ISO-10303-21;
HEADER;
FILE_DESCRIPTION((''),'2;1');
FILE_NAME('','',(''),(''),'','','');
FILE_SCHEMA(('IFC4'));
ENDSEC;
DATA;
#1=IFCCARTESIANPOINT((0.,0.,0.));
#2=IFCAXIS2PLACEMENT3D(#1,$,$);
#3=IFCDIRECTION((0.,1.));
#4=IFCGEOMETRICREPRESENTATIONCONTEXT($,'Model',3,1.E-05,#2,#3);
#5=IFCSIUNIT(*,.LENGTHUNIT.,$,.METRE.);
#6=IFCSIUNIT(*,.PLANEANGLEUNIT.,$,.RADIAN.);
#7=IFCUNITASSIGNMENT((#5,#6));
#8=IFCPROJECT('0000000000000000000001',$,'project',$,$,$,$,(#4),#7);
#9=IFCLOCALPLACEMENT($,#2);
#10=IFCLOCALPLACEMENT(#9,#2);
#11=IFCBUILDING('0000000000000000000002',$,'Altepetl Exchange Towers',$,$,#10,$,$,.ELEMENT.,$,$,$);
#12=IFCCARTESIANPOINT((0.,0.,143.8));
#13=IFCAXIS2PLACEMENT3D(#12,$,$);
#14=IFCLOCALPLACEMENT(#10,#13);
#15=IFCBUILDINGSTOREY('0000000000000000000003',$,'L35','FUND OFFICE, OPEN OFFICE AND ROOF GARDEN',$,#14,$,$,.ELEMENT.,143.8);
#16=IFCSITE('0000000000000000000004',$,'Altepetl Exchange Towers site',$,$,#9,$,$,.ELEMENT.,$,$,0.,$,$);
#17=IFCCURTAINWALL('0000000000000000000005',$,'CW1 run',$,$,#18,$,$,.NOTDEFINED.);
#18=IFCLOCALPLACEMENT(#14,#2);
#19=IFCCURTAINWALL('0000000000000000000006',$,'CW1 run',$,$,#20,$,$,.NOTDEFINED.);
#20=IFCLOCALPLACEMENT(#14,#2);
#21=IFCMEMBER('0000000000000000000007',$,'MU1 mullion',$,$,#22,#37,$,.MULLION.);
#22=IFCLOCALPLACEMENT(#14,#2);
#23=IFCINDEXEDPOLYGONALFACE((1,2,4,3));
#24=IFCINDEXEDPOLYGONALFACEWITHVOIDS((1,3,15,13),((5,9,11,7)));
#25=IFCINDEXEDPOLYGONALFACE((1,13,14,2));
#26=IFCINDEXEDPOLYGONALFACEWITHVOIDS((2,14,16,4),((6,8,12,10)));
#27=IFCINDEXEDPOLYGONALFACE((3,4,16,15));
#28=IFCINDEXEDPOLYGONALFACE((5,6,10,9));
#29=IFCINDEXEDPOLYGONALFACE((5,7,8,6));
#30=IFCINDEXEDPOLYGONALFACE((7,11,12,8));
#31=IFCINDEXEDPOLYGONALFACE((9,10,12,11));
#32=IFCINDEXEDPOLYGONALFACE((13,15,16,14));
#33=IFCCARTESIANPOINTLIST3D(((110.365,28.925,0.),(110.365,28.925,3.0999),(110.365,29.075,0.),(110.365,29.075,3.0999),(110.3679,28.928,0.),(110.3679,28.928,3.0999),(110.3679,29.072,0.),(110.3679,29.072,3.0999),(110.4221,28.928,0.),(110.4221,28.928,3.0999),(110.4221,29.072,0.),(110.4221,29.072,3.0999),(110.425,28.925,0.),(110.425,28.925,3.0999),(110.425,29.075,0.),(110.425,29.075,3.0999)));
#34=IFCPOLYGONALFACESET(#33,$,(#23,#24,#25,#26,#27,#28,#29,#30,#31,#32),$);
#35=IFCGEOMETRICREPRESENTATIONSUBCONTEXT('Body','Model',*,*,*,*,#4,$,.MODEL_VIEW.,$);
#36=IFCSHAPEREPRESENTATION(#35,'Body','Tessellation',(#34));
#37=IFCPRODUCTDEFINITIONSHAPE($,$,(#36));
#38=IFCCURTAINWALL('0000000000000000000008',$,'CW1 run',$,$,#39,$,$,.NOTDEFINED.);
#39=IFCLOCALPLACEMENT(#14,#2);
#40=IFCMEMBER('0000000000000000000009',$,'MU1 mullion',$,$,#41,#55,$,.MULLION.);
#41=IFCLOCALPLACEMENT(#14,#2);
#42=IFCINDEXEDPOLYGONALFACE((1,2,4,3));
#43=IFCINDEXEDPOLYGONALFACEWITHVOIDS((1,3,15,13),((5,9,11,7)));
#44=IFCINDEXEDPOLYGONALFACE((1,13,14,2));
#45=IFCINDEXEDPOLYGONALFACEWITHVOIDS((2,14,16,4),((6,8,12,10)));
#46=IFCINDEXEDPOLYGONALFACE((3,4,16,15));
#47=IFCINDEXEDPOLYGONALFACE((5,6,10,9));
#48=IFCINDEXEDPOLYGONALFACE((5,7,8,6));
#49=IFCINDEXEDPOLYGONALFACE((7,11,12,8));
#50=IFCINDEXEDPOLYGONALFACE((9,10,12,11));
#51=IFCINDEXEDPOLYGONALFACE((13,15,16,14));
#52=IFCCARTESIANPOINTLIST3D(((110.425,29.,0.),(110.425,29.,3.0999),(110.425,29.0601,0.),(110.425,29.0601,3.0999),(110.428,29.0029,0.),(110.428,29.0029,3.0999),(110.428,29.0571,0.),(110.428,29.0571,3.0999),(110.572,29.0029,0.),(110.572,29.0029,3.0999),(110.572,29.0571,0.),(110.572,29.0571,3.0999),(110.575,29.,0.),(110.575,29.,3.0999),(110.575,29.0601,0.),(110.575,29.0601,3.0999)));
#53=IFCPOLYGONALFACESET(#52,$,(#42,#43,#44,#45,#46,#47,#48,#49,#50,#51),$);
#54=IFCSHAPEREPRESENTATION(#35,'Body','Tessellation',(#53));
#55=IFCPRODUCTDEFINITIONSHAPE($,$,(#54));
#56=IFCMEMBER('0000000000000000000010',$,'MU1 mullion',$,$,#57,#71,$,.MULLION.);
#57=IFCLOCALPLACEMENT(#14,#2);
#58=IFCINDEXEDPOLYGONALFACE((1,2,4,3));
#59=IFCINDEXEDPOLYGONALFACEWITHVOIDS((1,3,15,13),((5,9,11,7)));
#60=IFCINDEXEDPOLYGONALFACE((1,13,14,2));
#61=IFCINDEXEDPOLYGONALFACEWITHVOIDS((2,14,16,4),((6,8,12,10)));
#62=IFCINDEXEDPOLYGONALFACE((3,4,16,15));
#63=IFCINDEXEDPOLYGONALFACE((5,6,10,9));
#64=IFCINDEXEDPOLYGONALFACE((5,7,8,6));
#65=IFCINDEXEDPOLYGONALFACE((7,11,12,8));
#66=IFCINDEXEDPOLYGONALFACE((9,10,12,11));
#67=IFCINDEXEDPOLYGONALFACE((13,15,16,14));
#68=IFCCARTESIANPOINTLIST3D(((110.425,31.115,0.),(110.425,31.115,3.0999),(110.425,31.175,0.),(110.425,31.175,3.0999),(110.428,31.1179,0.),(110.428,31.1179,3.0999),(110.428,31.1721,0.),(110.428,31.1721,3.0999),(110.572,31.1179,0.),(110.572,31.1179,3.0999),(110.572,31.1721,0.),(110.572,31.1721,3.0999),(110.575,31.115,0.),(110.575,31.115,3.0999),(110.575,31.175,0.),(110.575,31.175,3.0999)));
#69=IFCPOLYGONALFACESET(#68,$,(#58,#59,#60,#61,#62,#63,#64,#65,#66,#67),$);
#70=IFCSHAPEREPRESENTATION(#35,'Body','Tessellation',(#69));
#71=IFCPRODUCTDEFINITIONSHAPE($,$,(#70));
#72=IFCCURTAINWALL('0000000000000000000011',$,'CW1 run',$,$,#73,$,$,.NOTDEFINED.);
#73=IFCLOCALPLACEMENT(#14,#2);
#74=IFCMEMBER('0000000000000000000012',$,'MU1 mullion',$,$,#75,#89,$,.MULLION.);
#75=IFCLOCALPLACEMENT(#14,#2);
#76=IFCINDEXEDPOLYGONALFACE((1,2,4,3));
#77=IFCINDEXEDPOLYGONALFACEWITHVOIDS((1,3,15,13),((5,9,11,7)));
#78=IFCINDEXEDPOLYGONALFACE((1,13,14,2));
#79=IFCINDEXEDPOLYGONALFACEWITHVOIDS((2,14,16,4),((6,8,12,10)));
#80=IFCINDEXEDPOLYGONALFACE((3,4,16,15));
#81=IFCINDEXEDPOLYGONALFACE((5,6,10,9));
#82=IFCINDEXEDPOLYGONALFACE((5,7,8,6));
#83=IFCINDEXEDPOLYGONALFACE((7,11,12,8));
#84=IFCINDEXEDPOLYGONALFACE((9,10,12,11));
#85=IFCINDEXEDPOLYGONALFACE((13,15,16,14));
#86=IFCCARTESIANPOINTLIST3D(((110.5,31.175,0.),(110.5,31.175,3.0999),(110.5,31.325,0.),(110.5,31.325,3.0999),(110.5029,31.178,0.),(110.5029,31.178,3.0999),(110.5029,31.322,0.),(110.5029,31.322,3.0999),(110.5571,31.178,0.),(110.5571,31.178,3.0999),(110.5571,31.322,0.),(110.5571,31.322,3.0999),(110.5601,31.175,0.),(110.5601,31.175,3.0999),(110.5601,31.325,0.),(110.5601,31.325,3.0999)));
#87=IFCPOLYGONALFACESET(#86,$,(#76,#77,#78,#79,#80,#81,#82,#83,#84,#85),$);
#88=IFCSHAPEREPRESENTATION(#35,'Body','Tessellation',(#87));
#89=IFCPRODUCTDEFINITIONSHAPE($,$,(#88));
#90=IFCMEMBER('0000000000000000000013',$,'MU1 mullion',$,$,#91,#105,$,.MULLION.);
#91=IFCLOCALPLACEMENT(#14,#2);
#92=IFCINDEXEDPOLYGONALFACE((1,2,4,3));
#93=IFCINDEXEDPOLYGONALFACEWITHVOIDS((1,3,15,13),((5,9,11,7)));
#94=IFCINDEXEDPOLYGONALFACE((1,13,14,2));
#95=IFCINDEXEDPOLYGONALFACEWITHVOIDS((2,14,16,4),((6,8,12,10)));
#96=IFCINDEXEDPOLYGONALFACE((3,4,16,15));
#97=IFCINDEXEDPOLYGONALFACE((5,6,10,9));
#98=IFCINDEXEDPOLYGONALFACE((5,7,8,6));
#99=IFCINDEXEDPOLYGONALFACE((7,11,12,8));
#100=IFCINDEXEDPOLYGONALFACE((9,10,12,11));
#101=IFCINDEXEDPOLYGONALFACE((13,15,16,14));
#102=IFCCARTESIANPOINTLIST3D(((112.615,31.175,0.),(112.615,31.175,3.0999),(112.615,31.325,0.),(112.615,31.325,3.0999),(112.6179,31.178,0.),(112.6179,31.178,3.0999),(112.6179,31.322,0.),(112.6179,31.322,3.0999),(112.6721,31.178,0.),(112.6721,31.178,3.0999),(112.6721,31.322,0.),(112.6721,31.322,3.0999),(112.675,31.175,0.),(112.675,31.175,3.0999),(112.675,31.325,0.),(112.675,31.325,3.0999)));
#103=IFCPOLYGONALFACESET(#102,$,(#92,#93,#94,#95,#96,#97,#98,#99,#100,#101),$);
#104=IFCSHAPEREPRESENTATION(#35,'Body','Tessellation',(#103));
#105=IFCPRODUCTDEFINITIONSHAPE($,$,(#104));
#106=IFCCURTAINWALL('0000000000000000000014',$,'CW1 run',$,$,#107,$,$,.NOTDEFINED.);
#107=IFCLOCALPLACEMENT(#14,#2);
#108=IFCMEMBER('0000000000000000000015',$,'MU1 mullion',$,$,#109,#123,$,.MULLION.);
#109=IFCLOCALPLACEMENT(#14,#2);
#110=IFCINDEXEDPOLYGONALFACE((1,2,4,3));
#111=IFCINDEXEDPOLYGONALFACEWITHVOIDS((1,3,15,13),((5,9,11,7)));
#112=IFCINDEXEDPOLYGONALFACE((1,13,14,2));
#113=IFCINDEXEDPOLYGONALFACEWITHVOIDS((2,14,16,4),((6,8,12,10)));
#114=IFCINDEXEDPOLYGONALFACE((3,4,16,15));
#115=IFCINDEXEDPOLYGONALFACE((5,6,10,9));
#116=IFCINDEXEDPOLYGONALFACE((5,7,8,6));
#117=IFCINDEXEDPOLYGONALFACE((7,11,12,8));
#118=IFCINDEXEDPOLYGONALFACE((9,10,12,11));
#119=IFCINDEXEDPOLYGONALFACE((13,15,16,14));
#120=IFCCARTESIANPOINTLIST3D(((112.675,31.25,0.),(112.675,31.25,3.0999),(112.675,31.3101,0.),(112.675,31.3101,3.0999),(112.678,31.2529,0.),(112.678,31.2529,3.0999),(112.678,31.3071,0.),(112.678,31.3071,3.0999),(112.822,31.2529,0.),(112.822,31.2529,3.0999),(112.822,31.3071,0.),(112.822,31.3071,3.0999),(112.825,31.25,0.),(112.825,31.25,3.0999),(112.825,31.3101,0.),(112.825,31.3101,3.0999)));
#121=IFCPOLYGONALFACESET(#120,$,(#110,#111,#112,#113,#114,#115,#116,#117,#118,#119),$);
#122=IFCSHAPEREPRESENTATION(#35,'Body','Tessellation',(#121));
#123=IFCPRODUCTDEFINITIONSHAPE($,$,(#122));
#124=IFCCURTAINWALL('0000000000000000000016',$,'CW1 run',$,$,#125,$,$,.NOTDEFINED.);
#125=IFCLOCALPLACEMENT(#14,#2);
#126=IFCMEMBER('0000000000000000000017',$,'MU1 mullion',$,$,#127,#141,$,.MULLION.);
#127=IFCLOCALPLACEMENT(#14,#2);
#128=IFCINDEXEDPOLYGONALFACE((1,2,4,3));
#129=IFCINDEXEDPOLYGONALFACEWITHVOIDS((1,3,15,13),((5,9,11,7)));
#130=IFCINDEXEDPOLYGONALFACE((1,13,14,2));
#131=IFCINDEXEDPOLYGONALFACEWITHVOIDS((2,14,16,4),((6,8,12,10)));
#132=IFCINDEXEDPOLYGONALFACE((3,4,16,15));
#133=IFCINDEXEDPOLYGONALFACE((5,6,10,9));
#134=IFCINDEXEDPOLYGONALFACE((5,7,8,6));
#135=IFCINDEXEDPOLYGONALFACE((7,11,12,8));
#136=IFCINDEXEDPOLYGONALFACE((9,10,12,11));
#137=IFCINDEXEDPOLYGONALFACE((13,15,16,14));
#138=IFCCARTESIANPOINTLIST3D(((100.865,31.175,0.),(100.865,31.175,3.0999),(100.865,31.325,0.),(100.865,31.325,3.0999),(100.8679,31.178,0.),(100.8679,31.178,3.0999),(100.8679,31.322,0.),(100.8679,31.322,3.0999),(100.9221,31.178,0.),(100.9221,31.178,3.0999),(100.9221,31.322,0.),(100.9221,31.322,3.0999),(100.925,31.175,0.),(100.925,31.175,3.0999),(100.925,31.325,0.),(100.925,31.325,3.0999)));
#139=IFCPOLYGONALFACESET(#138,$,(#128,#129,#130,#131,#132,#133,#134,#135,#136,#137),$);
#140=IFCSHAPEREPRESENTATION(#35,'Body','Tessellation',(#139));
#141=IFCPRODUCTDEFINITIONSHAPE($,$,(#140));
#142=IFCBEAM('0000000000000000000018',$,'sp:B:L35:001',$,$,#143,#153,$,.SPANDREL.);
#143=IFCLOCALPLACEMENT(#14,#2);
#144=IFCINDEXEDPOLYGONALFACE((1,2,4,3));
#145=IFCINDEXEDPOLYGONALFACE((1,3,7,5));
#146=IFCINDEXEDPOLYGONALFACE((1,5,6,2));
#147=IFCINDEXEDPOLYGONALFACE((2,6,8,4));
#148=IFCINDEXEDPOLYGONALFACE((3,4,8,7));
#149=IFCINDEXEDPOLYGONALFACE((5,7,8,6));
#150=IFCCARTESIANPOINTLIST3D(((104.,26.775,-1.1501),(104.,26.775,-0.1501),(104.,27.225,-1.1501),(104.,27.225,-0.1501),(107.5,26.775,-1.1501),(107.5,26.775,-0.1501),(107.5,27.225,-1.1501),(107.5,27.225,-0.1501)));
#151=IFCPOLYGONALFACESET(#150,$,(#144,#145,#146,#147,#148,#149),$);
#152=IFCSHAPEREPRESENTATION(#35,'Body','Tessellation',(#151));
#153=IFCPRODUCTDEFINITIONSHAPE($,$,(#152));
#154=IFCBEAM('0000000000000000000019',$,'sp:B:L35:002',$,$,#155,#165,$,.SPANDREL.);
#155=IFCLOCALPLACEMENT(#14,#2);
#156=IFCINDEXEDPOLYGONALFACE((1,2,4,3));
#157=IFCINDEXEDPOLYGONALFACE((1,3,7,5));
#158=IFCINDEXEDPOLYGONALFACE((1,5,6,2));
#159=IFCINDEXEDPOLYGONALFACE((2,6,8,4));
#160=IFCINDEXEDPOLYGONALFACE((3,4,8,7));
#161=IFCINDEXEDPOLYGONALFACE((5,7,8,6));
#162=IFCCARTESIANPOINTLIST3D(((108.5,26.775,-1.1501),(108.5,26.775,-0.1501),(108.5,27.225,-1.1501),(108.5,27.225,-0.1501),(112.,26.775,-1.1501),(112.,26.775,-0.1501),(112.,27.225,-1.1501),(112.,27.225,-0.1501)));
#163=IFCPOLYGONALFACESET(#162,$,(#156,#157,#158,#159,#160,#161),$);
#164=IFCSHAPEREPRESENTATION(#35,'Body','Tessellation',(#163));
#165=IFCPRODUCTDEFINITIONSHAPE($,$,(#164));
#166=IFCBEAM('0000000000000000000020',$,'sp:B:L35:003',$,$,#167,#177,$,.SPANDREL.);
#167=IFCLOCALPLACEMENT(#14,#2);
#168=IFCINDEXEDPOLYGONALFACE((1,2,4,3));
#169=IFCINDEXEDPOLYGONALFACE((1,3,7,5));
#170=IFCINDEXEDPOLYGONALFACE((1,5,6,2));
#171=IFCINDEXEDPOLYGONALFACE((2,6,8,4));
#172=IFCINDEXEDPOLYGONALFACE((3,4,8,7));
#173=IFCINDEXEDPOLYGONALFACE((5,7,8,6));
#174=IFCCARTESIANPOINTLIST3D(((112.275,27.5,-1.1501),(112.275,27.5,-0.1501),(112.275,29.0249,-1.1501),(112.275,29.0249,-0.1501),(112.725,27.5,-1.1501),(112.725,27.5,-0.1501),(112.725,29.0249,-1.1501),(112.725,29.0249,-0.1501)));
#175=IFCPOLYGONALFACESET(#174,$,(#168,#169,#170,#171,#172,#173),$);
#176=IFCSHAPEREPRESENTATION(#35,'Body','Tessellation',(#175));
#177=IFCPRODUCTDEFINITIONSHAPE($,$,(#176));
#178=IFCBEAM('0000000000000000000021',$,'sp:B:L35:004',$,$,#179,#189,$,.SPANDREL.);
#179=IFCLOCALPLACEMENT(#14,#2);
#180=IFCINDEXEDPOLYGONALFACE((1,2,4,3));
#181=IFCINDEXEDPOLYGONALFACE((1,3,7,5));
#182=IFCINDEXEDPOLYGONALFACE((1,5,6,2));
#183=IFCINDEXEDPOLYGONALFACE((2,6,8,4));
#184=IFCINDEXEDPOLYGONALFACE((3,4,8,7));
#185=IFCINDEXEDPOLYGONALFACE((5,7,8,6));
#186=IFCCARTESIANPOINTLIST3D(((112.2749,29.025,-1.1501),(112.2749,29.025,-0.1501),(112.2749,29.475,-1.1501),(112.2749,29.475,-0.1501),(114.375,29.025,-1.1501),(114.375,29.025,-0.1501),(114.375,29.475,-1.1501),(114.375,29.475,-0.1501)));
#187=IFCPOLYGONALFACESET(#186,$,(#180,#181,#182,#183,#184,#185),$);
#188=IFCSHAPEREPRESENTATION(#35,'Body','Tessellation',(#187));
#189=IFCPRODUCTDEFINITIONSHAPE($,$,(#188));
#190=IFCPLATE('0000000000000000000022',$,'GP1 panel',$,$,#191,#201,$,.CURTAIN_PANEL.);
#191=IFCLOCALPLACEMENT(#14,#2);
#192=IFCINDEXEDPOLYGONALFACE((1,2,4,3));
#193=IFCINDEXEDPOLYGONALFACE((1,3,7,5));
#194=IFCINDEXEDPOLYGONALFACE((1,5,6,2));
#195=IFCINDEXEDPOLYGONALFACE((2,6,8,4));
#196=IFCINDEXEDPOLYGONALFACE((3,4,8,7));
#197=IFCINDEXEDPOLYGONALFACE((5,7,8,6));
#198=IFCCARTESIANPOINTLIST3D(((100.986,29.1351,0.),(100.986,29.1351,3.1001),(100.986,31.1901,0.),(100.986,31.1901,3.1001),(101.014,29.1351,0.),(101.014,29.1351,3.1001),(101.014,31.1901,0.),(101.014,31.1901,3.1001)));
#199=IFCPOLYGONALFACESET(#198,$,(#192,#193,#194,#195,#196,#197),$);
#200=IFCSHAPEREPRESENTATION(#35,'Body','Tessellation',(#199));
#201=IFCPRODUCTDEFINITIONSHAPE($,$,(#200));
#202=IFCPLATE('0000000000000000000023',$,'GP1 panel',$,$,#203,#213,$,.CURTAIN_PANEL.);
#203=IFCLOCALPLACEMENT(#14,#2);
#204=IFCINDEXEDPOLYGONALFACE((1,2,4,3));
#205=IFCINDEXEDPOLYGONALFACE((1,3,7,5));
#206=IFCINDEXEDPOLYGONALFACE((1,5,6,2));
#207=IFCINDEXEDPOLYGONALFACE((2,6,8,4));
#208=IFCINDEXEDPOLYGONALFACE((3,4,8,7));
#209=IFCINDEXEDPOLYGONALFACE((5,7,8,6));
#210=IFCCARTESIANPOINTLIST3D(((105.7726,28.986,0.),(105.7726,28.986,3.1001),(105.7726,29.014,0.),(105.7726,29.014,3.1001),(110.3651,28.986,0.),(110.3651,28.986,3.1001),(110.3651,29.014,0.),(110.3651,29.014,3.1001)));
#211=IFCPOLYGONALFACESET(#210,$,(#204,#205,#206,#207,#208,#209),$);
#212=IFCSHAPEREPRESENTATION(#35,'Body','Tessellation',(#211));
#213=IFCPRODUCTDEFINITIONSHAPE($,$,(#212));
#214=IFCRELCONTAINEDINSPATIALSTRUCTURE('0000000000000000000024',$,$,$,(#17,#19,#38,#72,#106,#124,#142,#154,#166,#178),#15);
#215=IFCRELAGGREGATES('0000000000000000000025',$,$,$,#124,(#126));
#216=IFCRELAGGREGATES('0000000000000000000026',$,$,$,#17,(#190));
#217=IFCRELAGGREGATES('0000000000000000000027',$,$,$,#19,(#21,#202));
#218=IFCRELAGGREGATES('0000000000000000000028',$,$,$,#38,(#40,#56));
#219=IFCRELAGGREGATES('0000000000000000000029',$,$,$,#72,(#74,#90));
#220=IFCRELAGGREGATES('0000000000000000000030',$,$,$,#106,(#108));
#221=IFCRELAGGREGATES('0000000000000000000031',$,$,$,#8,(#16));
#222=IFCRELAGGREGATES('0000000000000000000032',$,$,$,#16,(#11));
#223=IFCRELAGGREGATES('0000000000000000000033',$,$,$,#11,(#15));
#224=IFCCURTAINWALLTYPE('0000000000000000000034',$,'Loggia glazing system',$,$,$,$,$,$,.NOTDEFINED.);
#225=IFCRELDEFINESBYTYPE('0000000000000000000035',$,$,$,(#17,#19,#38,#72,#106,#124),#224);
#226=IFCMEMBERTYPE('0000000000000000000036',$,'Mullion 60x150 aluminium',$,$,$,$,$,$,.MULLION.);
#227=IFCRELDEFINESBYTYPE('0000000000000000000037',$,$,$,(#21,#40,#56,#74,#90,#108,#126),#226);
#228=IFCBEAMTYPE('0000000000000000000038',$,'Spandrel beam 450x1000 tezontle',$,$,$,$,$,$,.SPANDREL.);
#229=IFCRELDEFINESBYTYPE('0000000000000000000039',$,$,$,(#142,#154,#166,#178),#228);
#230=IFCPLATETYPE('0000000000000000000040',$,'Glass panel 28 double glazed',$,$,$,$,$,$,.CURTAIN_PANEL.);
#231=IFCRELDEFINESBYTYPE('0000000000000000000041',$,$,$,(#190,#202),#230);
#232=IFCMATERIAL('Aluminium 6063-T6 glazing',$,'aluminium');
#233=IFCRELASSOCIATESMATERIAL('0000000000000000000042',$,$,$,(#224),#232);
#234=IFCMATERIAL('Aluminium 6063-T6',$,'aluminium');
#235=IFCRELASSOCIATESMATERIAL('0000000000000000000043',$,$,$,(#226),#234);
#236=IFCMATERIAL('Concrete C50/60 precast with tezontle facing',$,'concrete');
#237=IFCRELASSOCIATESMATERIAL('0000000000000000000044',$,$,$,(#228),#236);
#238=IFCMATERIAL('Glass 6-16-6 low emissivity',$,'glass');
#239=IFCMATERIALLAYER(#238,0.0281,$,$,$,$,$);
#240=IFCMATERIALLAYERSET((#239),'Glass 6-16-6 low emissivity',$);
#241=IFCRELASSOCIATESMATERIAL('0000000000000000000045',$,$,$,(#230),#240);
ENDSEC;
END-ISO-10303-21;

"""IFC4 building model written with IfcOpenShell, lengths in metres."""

from ifc_helpers import new_model, si_unit, direction, frame, origin, origin_2d, place, context, subcontext, project, spatial, rectangle, hollow_rectangle, extrude, material, layer, layer_set, material_profile, profile_set, type_object, element, aggregate, save


model = new_model("IFC4")

# Units and contexts
model_context = context("Model", 3, precision=1e-05, world=origin(), true_north=direction((0.0, 1.0)))
body_context = subcontext(model_context, "Body", "Model", "MODEL_VIEW")
ifc_project = project(units=[si_unit("LENGTHUNIT", "METRE"), si_unit("PLANEANGLEUNIT", "RADIAN")], contexts=[model_context])

# Site, building, storey
site_placement = place(None, origin())
site = spatial("IfcSite", under=ifc_project, at=site_placement, Name="Altepetl Exchange Towers site", CompositionType="ELEMENT", RefElevation=0.0)
building_placement = place(site_placement, origin())
building = spatial("IfcBuilding", under=site, at=building_placement, Name="Altepetl Exchange Towers", CompositionType="ELEMENT")
storey_placement = place(building_placement, frame((0.0, 0.0, 143.8)))
storey = spatial("IfcBuildingStorey", under=building, at=storey_placement, Name="L35", Description="FUND OFFICE, OPEN OFFICE AND ROOF GARDEN", CompositionType="ELEMENT", Elevation=143.8)

# Curtain walls, members
ifc_material_1 = material(Name="Aluminium 6063-T6 glazing", Category="aluminium")
curtain_wall_type = type_object("IfcCurtainWallType", Name="Loggia glazing system", PredefinedType="NOTDEFINED", material=ifc_material_1)
curtain_wall_1_placement = place(storey_placement, origin())
curtain_wall_1 = element("IfcCurtainWall", 1, at=curtain_wall_1_placement, inside=storey, type_object=curtain_wall_type, Name="CW1 run", PredefinedType="NOTDEFINED")
ifc_material_2 = material(Name="Aluminium 6063-T6", Category="aluminium")
ifc_material_profile_1 = material_profile(ifc_material_2, hollow_rectangle(XDim=0.0601, YDim=0.1499, WallThickness=0.0029, at=origin_2d()), Name="Mullion 60x150 aluminium")
ifc_profile_set_1 = profile_set([ifc_material_profile_1], Name="Aluminium 6063-T6")
member_type = type_object("IfcMemberType", Name="Mullion 60x150 aluminium", PredefinedType="MULLION", material=ifc_profile_set_1)
curtain_wall_2_placement = place(storey_placement, origin())
curtain_wall_2 = element("IfcCurtainWall", 2, at=curtain_wall_2_placement, inside=storey, type_object=curtain_wall_type, Name="CW1 run", PredefinedType="NOTDEFINED")
member_1_placement = place(storey_placement, frame((110.395, 29.0, 0.0)))
member_1 = element("IfcMember", 3, at=member_1_placement, type_object=member_type, Name="MU1 mullion", PredefinedType="MULLION", context=body_context, shape_type="SweptSolid", body=[
    extrude(hollow_rectangle(XDim=0.0601, YDim=0.1499, WallThickness=0.0029, at=origin_2d()), origin(), (0.0, 0.0, 1.0), 3.0999),
])
curtain_wall_3_placement = place(storey_placement, origin())
curtain_wall_3 = element("IfcCurtainWall", 4, at=curtain_wall_3_placement, inside=storey, type_object=curtain_wall_type, Name="CW1 run", PredefinedType="NOTDEFINED")
member_2_placement = place(storey_placement, frame((110.5, 29.03, 0.0), z_axis=(0.0, 0.0, 1.0), x_axis=(0.0, 1.0, 0.0)))
member_2 = element("IfcMember", 5, at=member_2_placement, type_object=member_type, Name="MU1 mullion", PredefinedType="MULLION", context=body_context, shape_type="SweptSolid", body=[
    extrude(hollow_rectangle(XDim=0.0601, YDim=0.1499, WallThickness=0.0029, at=origin_2d()), origin(), (0.0, 0.0, 1.0), 3.0999),
])
member_3_placement = place(storey_placement, frame((110.5, 31.145, 0.0), z_axis=(0.0, 0.0, 1.0), x_axis=(0.0, 1.0, 0.0)))
member_3 = element("IfcMember", 6, at=member_3_placement, type_object=member_type, Name="MU1 mullion", PredefinedType="MULLION", context=body_context, shape_type="SweptSolid", body=[
    extrude(hollow_rectangle(XDim=0.0601, YDim=0.1499, WallThickness=0.0029, at=origin_2d()), origin(), (0.0, 0.0, 1.0), 3.0999),
])
curtain_wall_4_placement = place(storey_placement, origin())
curtain_wall_4 = element("IfcCurtainWall", 7, at=curtain_wall_4_placement, inside=storey, type_object=curtain_wall_type, Name="CW1 run", PredefinedType="NOTDEFINED")
member_4_placement = place(storey_placement, frame((110.53, 31.25, 0.0)))
member_4 = element("IfcMember", 8, at=member_4_placement, type_object=member_type, Name="MU1 mullion", PredefinedType="MULLION", context=body_context, shape_type="SweptSolid", body=[
    extrude(hollow_rectangle(XDim=0.0601, YDim=0.1499, WallThickness=0.0029, at=origin_2d()), origin(), (0.0, 0.0, 1.0), 3.0999),
])
member_5_placement = place(storey_placement, frame((112.645, 31.25, 0.0)))
member_5 = element("IfcMember", 9, at=member_5_placement, type_object=member_type, Name="MU1 mullion", PredefinedType="MULLION", context=body_context, shape_type="SweptSolid", body=[
    extrude(hollow_rectangle(XDim=0.0601, YDim=0.1499, WallThickness=0.0029, at=origin_2d()), origin(), (0.0, 0.0, 1.0), 3.0999),
])

# Curtain walls, members
curtain_wall_5_placement = place(storey_placement, origin())
curtain_wall_5 = element("IfcCurtainWall", 10, at=curtain_wall_5_placement, inside=storey, type_object=curtain_wall_type, Name="CW1 run", PredefinedType="NOTDEFINED")
member_6_placement = place(storey_placement, frame((112.75, 31.28, 0.0), z_axis=(0.0, 0.0, 1.0), x_axis=(0.0, 1.0, 0.0)))
member_6 = element("IfcMember", 11, at=member_6_placement, type_object=member_type, Name="MU1 mullion", PredefinedType="MULLION", context=body_context, shape_type="SweptSolid", body=[
    extrude(hollow_rectangle(XDim=0.0601, YDim=0.1499, WallThickness=0.0029, at=origin_2d()), origin(), (0.0, 0.0, 1.0), 3.0999),
])
curtain_wall_6_placement = place(storey_placement, origin())
curtain_wall_6 = element("IfcCurtainWall", 12, at=curtain_wall_6_placement, inside=storey, type_object=curtain_wall_type, Name="CW1 run", PredefinedType="NOTDEFINED")
member_7_placement = place(storey_placement, frame((100.895, 31.25, 0.0)))
member_7 = element("IfcMember", 13, at=member_7_placement, type_object=member_type, Name="MU1 mullion", PredefinedType="MULLION", context=body_context, shape_type="SweptSolid", body=[
    extrude(hollow_rectangle(XDim=0.0601, YDim=0.1499, WallThickness=0.0029, at=origin_2d()), origin(), (0.0, 0.0, 1.0), 3.0999),
])
aggregate(curtain_wall_6, [member_7])

# Beams
ifc_material_3 = material(Name="Concrete C50/60 precast with tezontle facing", Category="concrete")
ifc_material_profile_2 = material_profile(ifc_material_3, rectangle(XDim=0.45, YDim=1.0, at=origin_2d()), Name="450 x 1000")
ifc_profile_set_2 = profile_set([ifc_material_profile_2], Name="Concrete C50/60 precast with tezontle facing")
beam_type_1 = type_object("IfcBeamType", Name="Spandrel beam 450x1000 tezontle", PredefinedType="SPANDREL", material=ifc_profile_set_2)
for number, where, z_axis, x_axis, name in (
    (14, (104.0, 27.0, -0.6501), (1.0, 0.0, 0.0), (0.0, 1.0, 0.0), "sp:B:L35:001"),
    (15, (108.5, 27.0, -0.6501), (1.0, 0.0, 0.0), (0.0, 1.0, 0.0), "sp:B:L35:002"),
):
    element("IfcBeam", number, at=place(storey_placement, frame(where, z_axis=z_axis, x_axis=x_axis)), inside=storey, type_object=beam_type_1, Name=name, PredefinedType="SPANDREL", context=body_context, shape_type="SweptSolid", body=[
        extrude(rectangle(XDim=0.45, YDim=1.0, at=origin_2d()), origin(), (0.0, 0.0, 1.0), 3.5),
    ])
beam_1_placement = place(storey_placement, frame((112.5, 27.5, -0.6501), z_axis=(0.0, 1.0, 0.0), x_axis=(-1.0, 0.0, 0.0)))
element("IfcBeam", 16, at=beam_1_placement, inside=storey, type_object=beam_type_1, Name="sp:B:L35:003", PredefinedType="SPANDREL", context=body_context, shape_type="SweptSolid", body=[
    extrude(rectangle(XDim=0.45, YDim=1.0, at=origin_2d()), origin(), (0.0, 0.0, 1.0), 1.5249),
])
beam_2_placement = place(storey_placement, frame((112.2749, 29.25, -0.6501), z_axis=(1.0, 0.0, 0.0), x_axis=(0.0, 1.0, 0.0)))
element("IfcBeam", 17, at=beam_2_placement, inside=storey, type_object=beam_type_1, Name="sp:B:L35:004", PredefinedType="SPANDREL", context=body_context, shape_type="SweptSolid", body=[
    extrude(rectangle(XDim=0.45, YDim=1.0, at=origin_2d()), origin(), (0.0, 0.0, 1.0), 2.1001),
])

# Plates
ifc_material_4 = material(Name="Glass 6-16-6 low emissivity", Category="glass")
ifc_layer_1 = layer(ifc_material_4, 0.0281)
ifc_layer_set_1 = layer_set([ifc_layer_1], Name="Glass 6-16-6 low emissivity")
plate_type = type_object("IfcPlateType", Name="Glass panel 28 double glazed", PredefinedType="CURTAIN_PANEL", material=ifc_layer_set_1)
plate_1_placement = place(storey_placement, frame((101.0, 30.1626, 0.0), z_axis=(0.0, 0.0, 1.0), x_axis=(0.0, -1.0, 0.0)))
plate_1 = element("IfcPlate", 18, at=plate_1_placement, type_object=plate_type, Name="GP1 panel", PredefinedType="CURTAIN_PANEL", context=body_context, shape_type="SweptSolid", body=[
    extrude(rectangle(XDim=2.0549, YDim=0.0281, at=origin_2d()), origin(), (0.0, 0.0, 1.0), 3.1001),
])
aggregate(curtain_wall_1, [plate_1])
plate_2_placement = place(storey_placement, frame((108.0688, 29.0, 0.0)))
plate_2 = element("IfcPlate", 19, at=plate_2_placement, type_object=plate_type, Name="GP1 panel", PredefinedType="CURTAIN_PANEL", context=body_context, shape_type="SweptSolid", body=[
    extrude(rectangle(XDim=4.5925, YDim=0.0281, at=origin_2d()), origin(), (0.0, 0.0, 1.0), 3.1001),
])
aggregate(curtain_wall_2, [member_1, plate_2])
aggregate(curtain_wall_3, [member_2, member_3])
aggregate(curtain_wall_4, [member_4, member_5])
aggregate(curtain_wall_5, [member_6])

save(model, "model.ifc")
